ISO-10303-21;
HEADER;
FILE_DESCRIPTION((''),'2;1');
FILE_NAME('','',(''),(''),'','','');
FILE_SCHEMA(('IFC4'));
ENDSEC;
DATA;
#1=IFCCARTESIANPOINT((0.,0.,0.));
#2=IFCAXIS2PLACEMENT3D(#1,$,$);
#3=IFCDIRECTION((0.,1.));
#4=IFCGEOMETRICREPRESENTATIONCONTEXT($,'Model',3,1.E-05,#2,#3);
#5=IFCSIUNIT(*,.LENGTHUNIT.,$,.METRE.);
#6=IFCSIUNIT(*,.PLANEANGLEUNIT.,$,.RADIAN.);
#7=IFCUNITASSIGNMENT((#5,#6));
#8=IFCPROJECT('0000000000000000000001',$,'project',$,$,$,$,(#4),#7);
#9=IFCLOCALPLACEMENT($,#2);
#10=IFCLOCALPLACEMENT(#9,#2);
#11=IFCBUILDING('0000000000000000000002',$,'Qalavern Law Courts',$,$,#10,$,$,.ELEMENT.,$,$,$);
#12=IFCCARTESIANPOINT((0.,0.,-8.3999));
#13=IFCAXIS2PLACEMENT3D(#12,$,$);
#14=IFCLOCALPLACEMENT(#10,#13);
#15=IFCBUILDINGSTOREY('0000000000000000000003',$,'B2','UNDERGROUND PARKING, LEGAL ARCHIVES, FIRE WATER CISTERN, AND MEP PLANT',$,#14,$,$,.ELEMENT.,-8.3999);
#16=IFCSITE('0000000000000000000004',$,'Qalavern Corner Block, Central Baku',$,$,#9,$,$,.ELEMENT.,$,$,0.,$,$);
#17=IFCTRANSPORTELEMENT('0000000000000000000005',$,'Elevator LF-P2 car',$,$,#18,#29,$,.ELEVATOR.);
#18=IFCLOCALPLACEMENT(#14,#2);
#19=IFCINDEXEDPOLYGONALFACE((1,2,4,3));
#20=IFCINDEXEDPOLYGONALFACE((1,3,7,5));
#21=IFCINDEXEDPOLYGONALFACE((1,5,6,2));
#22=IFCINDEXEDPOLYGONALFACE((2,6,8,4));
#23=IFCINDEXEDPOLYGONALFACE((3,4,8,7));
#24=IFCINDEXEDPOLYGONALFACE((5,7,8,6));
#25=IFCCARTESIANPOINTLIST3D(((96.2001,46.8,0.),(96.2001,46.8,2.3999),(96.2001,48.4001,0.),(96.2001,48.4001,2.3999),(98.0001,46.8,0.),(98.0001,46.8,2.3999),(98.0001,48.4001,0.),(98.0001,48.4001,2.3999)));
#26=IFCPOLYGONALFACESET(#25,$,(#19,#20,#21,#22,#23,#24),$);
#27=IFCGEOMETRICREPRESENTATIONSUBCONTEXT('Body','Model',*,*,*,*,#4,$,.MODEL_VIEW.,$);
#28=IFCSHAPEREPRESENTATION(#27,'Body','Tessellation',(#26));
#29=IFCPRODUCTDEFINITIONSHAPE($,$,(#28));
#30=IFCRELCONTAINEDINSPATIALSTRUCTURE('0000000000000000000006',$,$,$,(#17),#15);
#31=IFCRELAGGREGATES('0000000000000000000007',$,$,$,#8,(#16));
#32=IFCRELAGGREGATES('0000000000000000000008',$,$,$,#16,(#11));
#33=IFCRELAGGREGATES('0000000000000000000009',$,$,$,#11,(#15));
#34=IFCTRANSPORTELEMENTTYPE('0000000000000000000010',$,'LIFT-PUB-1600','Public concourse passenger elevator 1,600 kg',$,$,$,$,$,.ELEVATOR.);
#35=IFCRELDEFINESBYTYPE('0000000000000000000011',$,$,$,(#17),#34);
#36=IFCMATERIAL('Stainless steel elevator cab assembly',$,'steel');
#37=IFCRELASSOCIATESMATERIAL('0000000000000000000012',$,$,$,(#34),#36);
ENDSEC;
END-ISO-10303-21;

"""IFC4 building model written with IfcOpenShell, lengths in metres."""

from ifc_helpers import new_model, si_unit, direction, frame, origin, origin_2d, place, context, subcontext, project, spatial, rectangle, extrude, material, type_object, element, save


model = new_model("IFC4")

# Units and contexts
model_context = context("Model", 3, precision=1e-05, world=origin(), true_north=direction((0.0, 1.0)))
body_context = subcontext(model_context, "Body", "Model", "MODEL_VIEW")
ifc_project = project(units=[si_unit("LENGTHUNIT", "METRE"), si_unit("PLANEANGLEUNIT", "RADIAN")], contexts=[model_context])

# Site, building, storey
site_placement = place(None, origin())
site = spatial("IfcSite", under=ifc_project, at=site_placement, Name="Qalavern Corner Block, Central Baku", CompositionType="ELEMENT", RefElevation=0.0)
building_placement = place(site_placement, origin())
building = spatial("IfcBuilding", under=site, at=building_placement, Name="Qalavern Law Courts", CompositionType="ELEMENT")
storey_placement = place(building_placement, frame((0.0, 0.0, -8.3999)))
storey = spatial("IfcBuildingStorey", under=building, at=storey_placement, Name="B2", Description="UNDERGROUND PARKING, LEGAL ARCHIVES, FIRE WATER CISTERN, AND MEP PLANT", CompositionType="ELEMENT", Elevation=-8.3999)

# Transport element
ifc_material_1 = material(Name="Stainless steel elevator cab assembly", Category="steel")
transport_element_type = type_object("IfcTransportElementType", Name="LIFT-PUB-1600", Description="Public concourse passenger elevator 1,600 kg", PredefinedType="ELEVATOR", material=ifc_material_1)
for number, where, z_axis, x_axis, name in (
    (1, (97.1001, 47.6001, 0.0), (0.0, 0.0, 1.0), (1.0, 0.0, 0.0), "Elevator LF-P2 car"),
):
    element("IfcTransportElement", number, at=place(storey_placement, frame(where, z_axis=z_axis, x_axis=x_axis)), inside=storey, type_object=transport_element_type, Name=name, PredefinedType="ELEVATOR", context=body_context, shape_type="SweptSolid", body=[
        extrude(rectangle(XDim=1.8, YDim=1.6001, at=origin_2d()), origin(), (0.0, 0.0, 1.0), 2.3999),
    ])

save(model, "model.ifc")
